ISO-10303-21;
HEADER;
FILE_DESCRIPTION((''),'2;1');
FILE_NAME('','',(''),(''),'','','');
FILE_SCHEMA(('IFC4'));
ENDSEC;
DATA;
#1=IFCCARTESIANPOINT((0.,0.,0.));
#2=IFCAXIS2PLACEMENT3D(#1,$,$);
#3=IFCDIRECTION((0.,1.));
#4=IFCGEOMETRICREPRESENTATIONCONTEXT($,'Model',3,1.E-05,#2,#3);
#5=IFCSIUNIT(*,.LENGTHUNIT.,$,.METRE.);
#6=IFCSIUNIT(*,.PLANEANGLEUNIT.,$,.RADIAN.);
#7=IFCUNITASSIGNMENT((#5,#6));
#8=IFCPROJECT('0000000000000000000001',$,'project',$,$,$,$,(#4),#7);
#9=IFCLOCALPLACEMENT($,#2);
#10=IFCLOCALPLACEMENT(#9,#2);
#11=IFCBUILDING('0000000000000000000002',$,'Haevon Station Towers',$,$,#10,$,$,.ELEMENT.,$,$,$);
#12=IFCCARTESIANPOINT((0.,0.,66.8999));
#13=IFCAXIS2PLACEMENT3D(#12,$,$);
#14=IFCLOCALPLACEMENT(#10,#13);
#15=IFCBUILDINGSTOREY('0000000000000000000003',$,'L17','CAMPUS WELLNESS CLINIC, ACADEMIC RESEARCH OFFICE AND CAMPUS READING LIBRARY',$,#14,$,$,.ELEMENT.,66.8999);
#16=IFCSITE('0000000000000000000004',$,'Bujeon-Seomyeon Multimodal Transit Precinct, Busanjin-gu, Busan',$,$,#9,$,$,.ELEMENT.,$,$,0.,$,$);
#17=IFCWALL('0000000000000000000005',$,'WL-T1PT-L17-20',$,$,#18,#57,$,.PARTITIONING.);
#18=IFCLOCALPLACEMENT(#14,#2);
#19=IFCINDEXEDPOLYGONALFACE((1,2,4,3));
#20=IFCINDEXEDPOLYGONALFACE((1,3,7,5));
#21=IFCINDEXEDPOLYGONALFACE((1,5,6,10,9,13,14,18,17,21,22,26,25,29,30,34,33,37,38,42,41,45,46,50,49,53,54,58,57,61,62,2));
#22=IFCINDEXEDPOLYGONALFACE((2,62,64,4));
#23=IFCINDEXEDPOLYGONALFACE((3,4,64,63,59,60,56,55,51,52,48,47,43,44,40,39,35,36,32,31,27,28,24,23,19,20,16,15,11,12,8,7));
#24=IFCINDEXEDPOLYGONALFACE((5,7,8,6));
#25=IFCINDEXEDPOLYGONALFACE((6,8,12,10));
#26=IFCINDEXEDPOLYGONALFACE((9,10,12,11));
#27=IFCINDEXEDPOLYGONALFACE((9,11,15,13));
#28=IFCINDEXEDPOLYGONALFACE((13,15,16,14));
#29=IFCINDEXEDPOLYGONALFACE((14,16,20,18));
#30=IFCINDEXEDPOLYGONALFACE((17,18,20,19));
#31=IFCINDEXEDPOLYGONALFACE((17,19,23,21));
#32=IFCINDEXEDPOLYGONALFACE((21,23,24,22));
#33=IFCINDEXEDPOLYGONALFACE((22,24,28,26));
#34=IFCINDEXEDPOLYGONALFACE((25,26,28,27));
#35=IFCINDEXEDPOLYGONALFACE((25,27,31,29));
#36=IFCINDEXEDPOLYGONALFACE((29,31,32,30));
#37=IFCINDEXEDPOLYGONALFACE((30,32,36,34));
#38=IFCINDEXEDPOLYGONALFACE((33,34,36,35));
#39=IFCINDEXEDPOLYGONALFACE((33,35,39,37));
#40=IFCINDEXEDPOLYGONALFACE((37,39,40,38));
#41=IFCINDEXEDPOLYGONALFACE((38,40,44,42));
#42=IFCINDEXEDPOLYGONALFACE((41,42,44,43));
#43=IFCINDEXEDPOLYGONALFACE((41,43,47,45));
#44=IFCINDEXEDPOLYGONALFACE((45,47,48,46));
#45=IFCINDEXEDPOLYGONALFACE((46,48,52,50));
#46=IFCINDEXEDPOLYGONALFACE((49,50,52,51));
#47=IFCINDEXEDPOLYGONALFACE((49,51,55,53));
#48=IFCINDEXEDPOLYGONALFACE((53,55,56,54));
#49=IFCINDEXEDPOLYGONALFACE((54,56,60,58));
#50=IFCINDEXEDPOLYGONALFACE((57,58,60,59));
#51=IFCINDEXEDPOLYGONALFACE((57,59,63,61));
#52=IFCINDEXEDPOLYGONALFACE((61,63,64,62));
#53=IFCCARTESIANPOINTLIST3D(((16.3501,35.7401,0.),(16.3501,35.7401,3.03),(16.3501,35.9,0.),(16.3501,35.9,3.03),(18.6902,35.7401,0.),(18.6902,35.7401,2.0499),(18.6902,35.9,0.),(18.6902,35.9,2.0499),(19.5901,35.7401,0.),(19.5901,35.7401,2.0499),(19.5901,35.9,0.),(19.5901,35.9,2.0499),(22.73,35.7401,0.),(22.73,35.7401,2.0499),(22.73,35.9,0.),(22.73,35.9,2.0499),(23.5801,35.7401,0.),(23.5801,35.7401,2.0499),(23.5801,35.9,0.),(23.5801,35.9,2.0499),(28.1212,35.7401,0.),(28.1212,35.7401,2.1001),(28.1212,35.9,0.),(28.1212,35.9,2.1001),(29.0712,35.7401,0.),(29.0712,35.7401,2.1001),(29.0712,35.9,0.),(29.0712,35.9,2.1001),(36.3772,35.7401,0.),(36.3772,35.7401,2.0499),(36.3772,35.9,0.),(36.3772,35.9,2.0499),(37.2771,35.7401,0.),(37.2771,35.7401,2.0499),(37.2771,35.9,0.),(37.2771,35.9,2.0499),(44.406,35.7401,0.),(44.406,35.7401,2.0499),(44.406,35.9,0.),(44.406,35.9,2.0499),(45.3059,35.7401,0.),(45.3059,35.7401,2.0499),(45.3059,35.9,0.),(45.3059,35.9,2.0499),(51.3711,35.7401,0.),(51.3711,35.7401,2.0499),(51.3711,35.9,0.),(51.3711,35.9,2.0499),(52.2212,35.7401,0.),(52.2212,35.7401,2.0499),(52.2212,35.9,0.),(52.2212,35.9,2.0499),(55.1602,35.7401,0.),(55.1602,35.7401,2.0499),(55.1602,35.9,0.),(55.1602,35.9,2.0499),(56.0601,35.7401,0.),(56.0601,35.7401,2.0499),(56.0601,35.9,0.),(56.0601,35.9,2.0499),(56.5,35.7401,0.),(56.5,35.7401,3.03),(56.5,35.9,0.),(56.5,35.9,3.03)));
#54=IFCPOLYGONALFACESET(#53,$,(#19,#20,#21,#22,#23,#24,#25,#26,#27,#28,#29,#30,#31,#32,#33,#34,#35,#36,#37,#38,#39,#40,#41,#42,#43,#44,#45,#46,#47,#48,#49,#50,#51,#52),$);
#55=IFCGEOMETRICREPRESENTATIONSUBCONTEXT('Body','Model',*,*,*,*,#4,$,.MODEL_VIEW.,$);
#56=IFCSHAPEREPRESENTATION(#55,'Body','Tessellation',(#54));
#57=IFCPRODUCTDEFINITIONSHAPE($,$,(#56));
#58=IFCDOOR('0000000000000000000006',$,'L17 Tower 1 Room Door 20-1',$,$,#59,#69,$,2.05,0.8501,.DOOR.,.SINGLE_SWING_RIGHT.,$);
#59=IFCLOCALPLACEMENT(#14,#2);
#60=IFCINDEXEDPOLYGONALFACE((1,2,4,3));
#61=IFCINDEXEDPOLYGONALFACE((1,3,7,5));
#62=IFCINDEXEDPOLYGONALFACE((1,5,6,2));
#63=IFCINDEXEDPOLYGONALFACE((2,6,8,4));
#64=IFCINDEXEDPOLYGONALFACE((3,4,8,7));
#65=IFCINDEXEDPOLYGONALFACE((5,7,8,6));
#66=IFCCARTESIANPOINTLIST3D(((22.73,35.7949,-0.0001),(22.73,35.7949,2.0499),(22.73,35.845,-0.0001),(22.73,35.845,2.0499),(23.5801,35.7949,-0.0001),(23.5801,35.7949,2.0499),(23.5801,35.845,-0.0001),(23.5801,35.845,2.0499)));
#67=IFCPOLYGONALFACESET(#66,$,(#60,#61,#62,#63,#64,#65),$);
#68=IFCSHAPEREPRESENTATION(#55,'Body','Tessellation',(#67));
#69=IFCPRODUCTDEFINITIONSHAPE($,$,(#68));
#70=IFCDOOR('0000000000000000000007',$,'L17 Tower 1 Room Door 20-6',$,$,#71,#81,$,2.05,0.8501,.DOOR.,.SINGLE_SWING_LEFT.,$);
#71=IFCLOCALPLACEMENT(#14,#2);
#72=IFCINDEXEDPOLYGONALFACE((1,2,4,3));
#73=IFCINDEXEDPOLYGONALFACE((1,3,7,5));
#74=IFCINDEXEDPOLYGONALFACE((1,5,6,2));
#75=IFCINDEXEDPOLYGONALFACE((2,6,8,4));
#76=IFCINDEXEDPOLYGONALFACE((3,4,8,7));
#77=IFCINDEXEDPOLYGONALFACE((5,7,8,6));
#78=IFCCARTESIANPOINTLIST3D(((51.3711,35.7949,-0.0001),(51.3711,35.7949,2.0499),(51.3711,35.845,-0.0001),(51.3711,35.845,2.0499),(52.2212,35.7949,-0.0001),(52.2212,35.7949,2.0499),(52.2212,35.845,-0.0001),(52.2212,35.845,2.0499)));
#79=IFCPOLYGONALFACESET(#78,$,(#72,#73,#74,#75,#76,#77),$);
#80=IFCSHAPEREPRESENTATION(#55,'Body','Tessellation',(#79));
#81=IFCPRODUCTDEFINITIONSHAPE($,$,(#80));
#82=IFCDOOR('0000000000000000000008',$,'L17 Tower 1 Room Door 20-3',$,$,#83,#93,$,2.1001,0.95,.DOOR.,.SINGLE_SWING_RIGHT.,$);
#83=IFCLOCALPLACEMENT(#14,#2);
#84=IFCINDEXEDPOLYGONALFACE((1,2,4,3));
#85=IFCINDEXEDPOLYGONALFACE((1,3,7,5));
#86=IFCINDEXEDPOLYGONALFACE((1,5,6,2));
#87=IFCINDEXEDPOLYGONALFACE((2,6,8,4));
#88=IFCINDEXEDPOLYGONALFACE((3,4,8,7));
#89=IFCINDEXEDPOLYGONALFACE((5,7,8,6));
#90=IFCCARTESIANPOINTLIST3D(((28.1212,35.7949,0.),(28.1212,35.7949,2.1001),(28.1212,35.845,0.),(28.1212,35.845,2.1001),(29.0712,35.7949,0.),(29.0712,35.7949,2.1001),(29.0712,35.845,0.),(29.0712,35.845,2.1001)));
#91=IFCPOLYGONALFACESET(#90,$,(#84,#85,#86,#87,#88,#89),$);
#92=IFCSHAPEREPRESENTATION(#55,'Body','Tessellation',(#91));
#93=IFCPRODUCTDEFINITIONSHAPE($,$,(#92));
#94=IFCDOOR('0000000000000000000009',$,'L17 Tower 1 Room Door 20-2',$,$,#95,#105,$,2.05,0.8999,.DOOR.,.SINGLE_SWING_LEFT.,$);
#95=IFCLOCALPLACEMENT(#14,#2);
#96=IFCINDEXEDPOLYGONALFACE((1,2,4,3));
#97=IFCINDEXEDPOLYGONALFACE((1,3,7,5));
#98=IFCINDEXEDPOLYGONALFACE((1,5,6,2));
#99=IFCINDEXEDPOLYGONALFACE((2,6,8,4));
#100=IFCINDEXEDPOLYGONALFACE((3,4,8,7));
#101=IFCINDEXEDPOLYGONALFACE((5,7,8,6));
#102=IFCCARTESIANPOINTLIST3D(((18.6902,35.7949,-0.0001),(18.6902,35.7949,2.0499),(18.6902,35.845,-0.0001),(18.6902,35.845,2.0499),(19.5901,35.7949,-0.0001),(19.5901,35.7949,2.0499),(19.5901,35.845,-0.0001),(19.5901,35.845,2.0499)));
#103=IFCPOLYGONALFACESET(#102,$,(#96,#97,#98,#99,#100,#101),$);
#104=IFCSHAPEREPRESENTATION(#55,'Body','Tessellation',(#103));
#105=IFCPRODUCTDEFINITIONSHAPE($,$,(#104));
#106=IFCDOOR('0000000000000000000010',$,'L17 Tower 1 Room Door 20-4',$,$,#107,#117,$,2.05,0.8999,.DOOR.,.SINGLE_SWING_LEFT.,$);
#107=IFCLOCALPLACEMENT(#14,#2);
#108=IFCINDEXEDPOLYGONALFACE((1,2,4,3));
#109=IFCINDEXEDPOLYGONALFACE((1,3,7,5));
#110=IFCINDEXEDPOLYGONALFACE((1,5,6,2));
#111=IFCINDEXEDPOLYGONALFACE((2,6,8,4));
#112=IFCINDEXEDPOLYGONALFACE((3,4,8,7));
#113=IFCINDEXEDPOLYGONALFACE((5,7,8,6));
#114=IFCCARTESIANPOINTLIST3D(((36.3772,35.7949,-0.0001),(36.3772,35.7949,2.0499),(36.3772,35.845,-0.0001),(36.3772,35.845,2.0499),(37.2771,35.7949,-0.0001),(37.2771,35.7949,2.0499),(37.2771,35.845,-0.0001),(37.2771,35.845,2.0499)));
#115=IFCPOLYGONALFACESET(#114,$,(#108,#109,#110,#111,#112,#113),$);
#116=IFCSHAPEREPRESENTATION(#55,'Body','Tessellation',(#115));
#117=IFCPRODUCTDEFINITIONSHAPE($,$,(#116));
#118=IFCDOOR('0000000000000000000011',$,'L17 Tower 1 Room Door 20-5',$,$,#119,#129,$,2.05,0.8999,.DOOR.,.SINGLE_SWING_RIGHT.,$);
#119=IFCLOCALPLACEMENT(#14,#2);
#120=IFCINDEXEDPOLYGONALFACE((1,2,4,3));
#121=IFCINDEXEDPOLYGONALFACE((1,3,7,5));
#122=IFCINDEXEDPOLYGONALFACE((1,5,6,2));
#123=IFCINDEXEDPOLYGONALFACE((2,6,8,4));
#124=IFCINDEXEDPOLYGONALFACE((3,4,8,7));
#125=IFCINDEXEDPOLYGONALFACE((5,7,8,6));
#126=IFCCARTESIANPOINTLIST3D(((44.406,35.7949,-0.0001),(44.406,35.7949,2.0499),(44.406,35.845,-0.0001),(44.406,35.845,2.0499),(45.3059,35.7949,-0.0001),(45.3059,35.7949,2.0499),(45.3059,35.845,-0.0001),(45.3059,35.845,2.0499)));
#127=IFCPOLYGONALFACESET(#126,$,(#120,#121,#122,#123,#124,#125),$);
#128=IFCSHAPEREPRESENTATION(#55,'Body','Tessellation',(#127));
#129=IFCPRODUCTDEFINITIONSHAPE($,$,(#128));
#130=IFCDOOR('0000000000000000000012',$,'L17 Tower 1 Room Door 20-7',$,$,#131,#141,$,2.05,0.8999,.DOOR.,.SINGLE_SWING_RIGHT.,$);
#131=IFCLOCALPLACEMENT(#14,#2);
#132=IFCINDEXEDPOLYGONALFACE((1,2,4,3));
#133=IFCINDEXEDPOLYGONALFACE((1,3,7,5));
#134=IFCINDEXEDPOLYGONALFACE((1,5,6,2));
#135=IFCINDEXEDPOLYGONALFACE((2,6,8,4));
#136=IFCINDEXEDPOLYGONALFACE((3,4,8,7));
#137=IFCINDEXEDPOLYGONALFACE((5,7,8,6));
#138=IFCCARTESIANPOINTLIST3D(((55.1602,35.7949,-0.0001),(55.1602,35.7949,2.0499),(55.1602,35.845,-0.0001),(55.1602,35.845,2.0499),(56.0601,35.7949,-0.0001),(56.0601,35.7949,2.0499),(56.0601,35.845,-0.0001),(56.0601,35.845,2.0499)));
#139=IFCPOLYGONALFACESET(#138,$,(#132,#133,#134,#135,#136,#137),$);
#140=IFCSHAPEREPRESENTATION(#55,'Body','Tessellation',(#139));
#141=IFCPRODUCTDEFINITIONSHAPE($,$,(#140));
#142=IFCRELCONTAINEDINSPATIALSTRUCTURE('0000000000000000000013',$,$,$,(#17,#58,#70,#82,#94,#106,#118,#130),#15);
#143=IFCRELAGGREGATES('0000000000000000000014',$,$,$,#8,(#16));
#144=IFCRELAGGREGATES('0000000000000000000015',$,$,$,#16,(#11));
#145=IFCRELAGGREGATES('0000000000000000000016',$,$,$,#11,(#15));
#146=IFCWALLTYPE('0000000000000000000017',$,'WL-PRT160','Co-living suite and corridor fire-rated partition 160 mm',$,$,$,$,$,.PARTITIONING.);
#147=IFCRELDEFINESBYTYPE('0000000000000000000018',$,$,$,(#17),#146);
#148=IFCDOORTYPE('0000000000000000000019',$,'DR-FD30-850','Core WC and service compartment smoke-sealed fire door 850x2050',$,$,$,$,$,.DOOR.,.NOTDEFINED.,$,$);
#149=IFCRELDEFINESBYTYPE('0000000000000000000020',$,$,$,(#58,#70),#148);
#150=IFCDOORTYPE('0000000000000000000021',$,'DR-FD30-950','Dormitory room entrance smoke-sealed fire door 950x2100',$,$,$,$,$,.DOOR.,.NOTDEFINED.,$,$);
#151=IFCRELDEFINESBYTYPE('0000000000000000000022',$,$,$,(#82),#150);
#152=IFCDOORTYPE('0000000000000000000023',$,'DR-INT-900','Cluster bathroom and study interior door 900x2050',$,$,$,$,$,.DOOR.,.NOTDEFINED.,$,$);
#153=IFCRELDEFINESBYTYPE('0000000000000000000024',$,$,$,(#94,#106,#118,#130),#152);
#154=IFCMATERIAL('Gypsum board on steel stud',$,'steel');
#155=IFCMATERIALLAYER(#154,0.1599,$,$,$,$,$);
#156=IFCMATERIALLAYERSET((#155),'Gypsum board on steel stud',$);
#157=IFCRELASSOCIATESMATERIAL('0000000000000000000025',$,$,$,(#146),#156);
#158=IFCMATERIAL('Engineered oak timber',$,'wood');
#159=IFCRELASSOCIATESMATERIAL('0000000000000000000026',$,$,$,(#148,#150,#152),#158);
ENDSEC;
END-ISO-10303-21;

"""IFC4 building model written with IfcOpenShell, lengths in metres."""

from ifc_helpers import new_model, si_unit, direction, frame, frame_2d, origin, place, context, subcontext, project, spatial, rectangle, extrude, material, layer, layer_set, type_object, element, fill, save


model = new_model("IFC4")

# Units and contexts
model_context = context("Model", 3, precision=1e-05, world=origin(), true_north=direction((0.0, 1.0)))
body_context = subcontext(model_context, "Body", "Model", "MODEL_VIEW")
ifc_project = project(units=[si_unit("LENGTHUNIT", "METRE"), si_unit("PLANEANGLEUNIT", "RADIAN")], contexts=[model_context])

# Site, building, storey
site_placement = place(None, origin())
site = spatial("IfcSite", under=ifc_project, at=site_placement, Name="Bujeon-Seomyeon Multimodal Transit Precinct, Busanjin-gu, Busan", CompositionType="ELEMENT", RefElevation=0.0)
building_placement = place(site_placement, origin())
building = spatial("IfcBuilding", under=site, at=building_placement, Name="Haevon Station Towers", CompositionType="ELEMENT")
storey_placement = place(building_placement, frame((0.0, 0.0, 66.8999)))
storey = spatial("IfcBuildingStorey", under=building, at=storey_placement, Name="L17", Description="CAMPUS WELLNESS CLINIC, ACADEMIC RESEARCH OFFICE AND CAMPUS READING LIBRARY", CompositionType="ELEMENT", Elevation=66.8999)

# Shared definitions
ifc_material_1 = material(Name="Gypsum board on steel stud", Category="steel")
ifc_material_2 = material(Name="Engineered oak timber", Category="wood")

# Shared definitions
ifc_layer_1 = layer(ifc_material_1, 0.1599)
ifc_layer_set_1 = layer_set([ifc_layer_1], Name="Gypsum board on steel stud")
wall_type_1 = type_object("IfcWallType", Name="WL-PRT160", Description="Co-living suite and corridor fire-rated partition 160 mm", PredefinedType="PARTITIONING", material=ifc_layer_set_1)

# Wall, openings, doors
wall_1_placement = place(storey_placement, frame((16.3501, 35.8201, 0.0), z_axis=(0.0, 0.0, 1.0), x_axis=(1.0, 0.0, 0.0)))
wall_1 = element("IfcWall", 1, at=wall_1_placement, inside=storey, type_object=wall_type_1, Name="WL-T1PT-L17-20", PredefinedType="PARTITIONING", context=body_context, shape_type="SweptSolid", body=[
    extrude(rectangle(XDim=40.1499, YDim=0.1599, at=frame_2d((20.075, 0.0))), origin(), (0.0, 0.0, 1.0), 3.03),
])
opening_1_placement = place(wall_1_placement, frame((6.3799, 0.0, 0.0)))
opening_1 = element("IfcOpeningElement", 2, at=opening_1_placement, cuts=wall_1, PredefinedType="OPENING", context=body_context, shape_type="SweptSolid", body=[
    extrude(rectangle(XDim=0.8501, YDim=2.05, at=frame_2d((0.425, 1.0249))), frame((0.0, 0.0898, 0.0), z_axis=(0.0, -1.0, 0.0), x_axis=(1.0, 0.0, 0.0)), (0.0, 0.0, 1.0), 0.1799),
])
opening_2_placement = place(wall_1_placement, frame((2.3401, 0.0, 0.0)))
opening_2 = element("IfcOpeningElement", 3, at=opening_2_placement, cuts=wall_1, PredefinedType="OPENING", context=body_context, shape_type="SweptSolid", body=[
    extrude(rectangle(XDim=0.8999, YDim=2.05, at=frame_2d((0.45, 1.0249))), frame((0.0, 0.0898, 0.0), z_axis=(0.0, -1.0, 0.0), x_axis=(1.0, 0.0, 0.0)), (0.0, 0.0, 1.0), 0.1799),
])
opening_3_placement = place(wall_1_placement, frame((11.771, 0.0, 0.0)))
opening_3 = element("IfcOpeningElement", 4, at=opening_3_placement, cuts=wall_1, PredefinedType="OPENING", context=body_context, shape_type="SweptSolid", body=[
    extrude(rectangle(XDim=0.95, YDim=2.1001, at=frame_2d((0.4751, 1.05))), frame((0.0, 0.0898, 0.0), z_axis=(0.0, -1.0, 0.0), x_axis=(1.0, 0.0, 0.0)), (0.0, 0.0, 1.0), 0.1799),
])
opening_4_placement = place(wall_1_placement, frame((20.0271, 0.0, 0.0)))
opening_4 = element("IfcOpeningElement", 5, at=opening_4_placement, cuts=wall_1, PredefinedType="OPENING", context=body_context, shape_type="SweptSolid", body=[
    extrude(rectangle(XDim=0.8999, YDim=2.05, at=frame_2d((0.45, 1.0249))), frame((0.0, 0.0898, 0.0), z_axis=(0.0, -1.0, 0.0), x_axis=(1.0, 0.0, 0.0)), (0.0, 0.0, 1.0), 0.1799),
])
opening_5_placement = place(wall_1_placement, frame((28.0559, 0.0, 0.0)))
opening_5 = element("IfcOpeningElement", 6, at=opening_5_placement, cuts=wall_1, PredefinedType="OPENING", context=body_context, shape_type="SweptSolid", body=[
    extrude(rectangle(XDim=0.8999, YDim=2.05, at=frame_2d((0.45, 1.0249))), frame((0.0, 0.0898, 0.0), z_axis=(0.0, -1.0, 0.0), x_axis=(1.0, 0.0, 0.0)), (0.0, 0.0, 1.0), 0.1799),
])
opening_6_placement = place(wall_1_placement, frame((35.021, 0.0, 0.0)))
opening_6 = element("IfcOpeningElement", 7, at=opening_6_placement, cuts=wall_1, PredefinedType="OPENING", context=body_context, shape_type="SweptSolid", body=[
    extrude(rectangle(XDim=0.8501, YDim=2.05, at=frame_2d((0.425, 1.0249))), frame((0.0, 0.0898, 0.0), z_axis=(0.0, -1.0, 0.0), x_axis=(1.0, 0.0, 0.0)), (0.0, 0.0, 1.0), 0.1799),
])
opening_7_placement = place(wall_1_placement, frame((38.8101, 0.0, 0.0)))
opening_7 = element("IfcOpeningElement", 8, at=opening_7_placement, cuts=wall_1, PredefinedType="OPENING", context=body_context, shape_type="SweptSolid", body=[
    extrude(rectangle(XDim=0.8999, YDim=2.05, at=frame_2d((0.45, 1.0249))), frame((0.0, 0.0898, 0.0), z_axis=(0.0, -1.0, 0.0), x_axis=(1.0, 0.0, 0.0)), (0.0, 0.0, 1.0), 0.1799),
])
door_type_1 = type_object("IfcDoorType", Name="DR-FD30-850", Description="Core WC and service compartment smoke-sealed fire door 850x2050", OperationType="NOTDEFINED", PredefinedType="DOOR", material=ifc_material_2)
door_1_placement = place(opening_1_placement, origin())
door_1 = element("IfcDoor", 9, at=door_1_placement, inside=storey, type_object=door_type_1, Name="L17 Tower 1 Room Door 20-1", OperationType="SINGLE_SWING_RIGHT", OverallHeight=2.05, OverallWidth=0.8501, PredefinedType="DOOR", context=body_context, shape_type="SweptSolid", body=[
    extrude(rectangle(XDim=0.8501, YDim=2.05, at=frame_2d((0.425, 1.0249))), frame((0.0, 0.0249, 0.0), z_axis=(0.0, -1.0, 0.0), x_axis=(1.0, 0.0, 0.0)), (0.0, 0.0, 1.0), 0.05),
])
fill(opening_1, door_1)
door_2_placement = place(opening_6_placement, origin())
door_2 = element("IfcDoor", 10, at=door_2_placement, inside=storey, type_object=door_type_1, Name="L17 Tower 1 Room Door 20-6", OperationType="SINGLE_SWING_LEFT", OverallHeight=2.05, OverallWidth=0.8501, PredefinedType="DOOR", context=body_context, shape_type="SweptSolid", body=[
    extrude(rectangle(XDim=0.8501, YDim=2.05, at=frame_2d((0.425, 1.0249))), frame((0.0, 0.0249, 0.0), z_axis=(0.0, -1.0, 0.0), x_axis=(1.0, 0.0, 0.0)), (0.0, 0.0, 1.0), 0.05),
])
fill(opening_6, door_2)
door_type_2 = type_object("IfcDoorType", Name="DR-FD30-950", Description="Dormitory room entrance smoke-sealed fire door 950x2100", OperationType="NOTDEFINED", PredefinedType="DOOR", material=ifc_material_2)
door_3_placement = place(opening_3_placement, origin())
door_3 = element("IfcDoor", 11, at=door_3_placement, inside=storey, type_object=door_type_2, Name="L17 Tower 1 Room Door 20-3", OperationType="SINGLE_SWING_RIGHT", OverallHeight=2.1001, OverallWidth=0.95, PredefinedType="DOOR", context=body_context, shape_type="SweptSolid", body=[
    extrude(rectangle(XDim=0.95, YDim=2.1001, at=frame_2d((0.4751, 1.05))), frame((0.0, 0.0249, 0.0), z_axis=(0.0, -1.0, 0.0), x_axis=(1.0, 0.0, 0.0)), (0.0, 0.0, 1.0), 0.05),
])
fill(opening_3, door_3)
door_type_3 = type_object("IfcDoorType", Name="DR-INT-900", Description="Cluster bathroom and study interior door 900x2050", OperationType="NOTDEFINED", PredefinedType="DOOR", material=ifc_material_2)
door_4_placement = place(opening_2_placement, origin())
door_4 = element("IfcDoor", 12, at=door_4_placement, inside=storey, type_object=door_type_3, Name="L17 Tower 1 Room Door 20-2", OperationType="SINGLE_SWING_LEFT", OverallHeight=2.05, OverallWidth=0.8999, PredefinedType="DOOR", context=body_context, shape_type="SweptSolid", body=[
    extrude(rectangle(XDim=0.8999, YDim=2.05, at=frame_2d((0.45, 1.0249))), frame((0.0, 0.0249, 0.0), z_axis=(0.0, -1.0, 0.0), x_axis=(1.0, 0.0, 0.0)), (0.0, 0.0, 1.0), 0.05),
])
fill(opening_2, door_4)
door_5_placement = place(opening_4_placement, origin())
door_5 = element("IfcDoor", 13, at=door_5_placement, inside=storey, type_object=door_type_3, Name="L17 Tower 1 Room Door 20-4", OperationType="SINGLE_SWING_LEFT", OverallHeight=2.05, OverallWidth=0.8999, PredefinedType="DOOR", context=body_context, shape_type="SweptSolid", body=[
    extrude(rectangle(XDim=0.8999, YDim=2.05, at=frame_2d((0.45, 1.0249))), frame((0.0, 0.0249, 0.0), z_axis=(0.0, -1.0, 0.0), x_axis=(1.0, 0.0, 0.0)), (0.0, 0.0, 1.0), 0.05),
])
fill(opening_4, door_5)
door_6_placement = place(opening_5_placement, origin())
door_6 = element("IfcDoor", 14, at=door_6_placement, inside=storey, type_object=door_type_3, Name="L17 Tower 1 Room Door 20-5", OperationType="SINGLE_SWING_RIGHT", OverallHeight=2.05, OverallWidth=0.8999, PredefinedType="DOOR", context=body_context, shape_type="SweptSolid", body=[
    extrude(rectangle(XDim=0.8999, YDim=2.05, at=frame_2d((0.45, 1.0249))), frame((0.0, 0.0249, 0.0), z_axis=(0.0, -1.0, 0.0), x_axis=(1.0, 0.0, 0.0)), (0.0, 0.0, 1.0), 0.05),
])
fill(opening_5, door_6)
door_7_placement = place(opening_7_placement, origin())
door_7 = element("IfcDoor", 15, at=door_7_placement, inside=storey, type_object=door_type_3, Name="L17 Tower 1 Room Door 20-7", OperationType="SINGLE_SWING_RIGHT", OverallHeight=2.05, OverallWidth=0.8999, PredefinedType="DOOR", context=body_context, shape_type="SweptSolid", body=[
    extrude(rectangle(XDim=0.8999, YDim=2.05, at=frame_2d((0.45, 1.0249))), frame((0.0, 0.0249, 0.0), z_axis=(0.0, -1.0, 0.0), x_axis=(1.0, 0.0, 0.0)), (0.0, 0.0, 1.0), 0.05),
])
fill(opening_7, door_7)

save(model, "model.ifc")
